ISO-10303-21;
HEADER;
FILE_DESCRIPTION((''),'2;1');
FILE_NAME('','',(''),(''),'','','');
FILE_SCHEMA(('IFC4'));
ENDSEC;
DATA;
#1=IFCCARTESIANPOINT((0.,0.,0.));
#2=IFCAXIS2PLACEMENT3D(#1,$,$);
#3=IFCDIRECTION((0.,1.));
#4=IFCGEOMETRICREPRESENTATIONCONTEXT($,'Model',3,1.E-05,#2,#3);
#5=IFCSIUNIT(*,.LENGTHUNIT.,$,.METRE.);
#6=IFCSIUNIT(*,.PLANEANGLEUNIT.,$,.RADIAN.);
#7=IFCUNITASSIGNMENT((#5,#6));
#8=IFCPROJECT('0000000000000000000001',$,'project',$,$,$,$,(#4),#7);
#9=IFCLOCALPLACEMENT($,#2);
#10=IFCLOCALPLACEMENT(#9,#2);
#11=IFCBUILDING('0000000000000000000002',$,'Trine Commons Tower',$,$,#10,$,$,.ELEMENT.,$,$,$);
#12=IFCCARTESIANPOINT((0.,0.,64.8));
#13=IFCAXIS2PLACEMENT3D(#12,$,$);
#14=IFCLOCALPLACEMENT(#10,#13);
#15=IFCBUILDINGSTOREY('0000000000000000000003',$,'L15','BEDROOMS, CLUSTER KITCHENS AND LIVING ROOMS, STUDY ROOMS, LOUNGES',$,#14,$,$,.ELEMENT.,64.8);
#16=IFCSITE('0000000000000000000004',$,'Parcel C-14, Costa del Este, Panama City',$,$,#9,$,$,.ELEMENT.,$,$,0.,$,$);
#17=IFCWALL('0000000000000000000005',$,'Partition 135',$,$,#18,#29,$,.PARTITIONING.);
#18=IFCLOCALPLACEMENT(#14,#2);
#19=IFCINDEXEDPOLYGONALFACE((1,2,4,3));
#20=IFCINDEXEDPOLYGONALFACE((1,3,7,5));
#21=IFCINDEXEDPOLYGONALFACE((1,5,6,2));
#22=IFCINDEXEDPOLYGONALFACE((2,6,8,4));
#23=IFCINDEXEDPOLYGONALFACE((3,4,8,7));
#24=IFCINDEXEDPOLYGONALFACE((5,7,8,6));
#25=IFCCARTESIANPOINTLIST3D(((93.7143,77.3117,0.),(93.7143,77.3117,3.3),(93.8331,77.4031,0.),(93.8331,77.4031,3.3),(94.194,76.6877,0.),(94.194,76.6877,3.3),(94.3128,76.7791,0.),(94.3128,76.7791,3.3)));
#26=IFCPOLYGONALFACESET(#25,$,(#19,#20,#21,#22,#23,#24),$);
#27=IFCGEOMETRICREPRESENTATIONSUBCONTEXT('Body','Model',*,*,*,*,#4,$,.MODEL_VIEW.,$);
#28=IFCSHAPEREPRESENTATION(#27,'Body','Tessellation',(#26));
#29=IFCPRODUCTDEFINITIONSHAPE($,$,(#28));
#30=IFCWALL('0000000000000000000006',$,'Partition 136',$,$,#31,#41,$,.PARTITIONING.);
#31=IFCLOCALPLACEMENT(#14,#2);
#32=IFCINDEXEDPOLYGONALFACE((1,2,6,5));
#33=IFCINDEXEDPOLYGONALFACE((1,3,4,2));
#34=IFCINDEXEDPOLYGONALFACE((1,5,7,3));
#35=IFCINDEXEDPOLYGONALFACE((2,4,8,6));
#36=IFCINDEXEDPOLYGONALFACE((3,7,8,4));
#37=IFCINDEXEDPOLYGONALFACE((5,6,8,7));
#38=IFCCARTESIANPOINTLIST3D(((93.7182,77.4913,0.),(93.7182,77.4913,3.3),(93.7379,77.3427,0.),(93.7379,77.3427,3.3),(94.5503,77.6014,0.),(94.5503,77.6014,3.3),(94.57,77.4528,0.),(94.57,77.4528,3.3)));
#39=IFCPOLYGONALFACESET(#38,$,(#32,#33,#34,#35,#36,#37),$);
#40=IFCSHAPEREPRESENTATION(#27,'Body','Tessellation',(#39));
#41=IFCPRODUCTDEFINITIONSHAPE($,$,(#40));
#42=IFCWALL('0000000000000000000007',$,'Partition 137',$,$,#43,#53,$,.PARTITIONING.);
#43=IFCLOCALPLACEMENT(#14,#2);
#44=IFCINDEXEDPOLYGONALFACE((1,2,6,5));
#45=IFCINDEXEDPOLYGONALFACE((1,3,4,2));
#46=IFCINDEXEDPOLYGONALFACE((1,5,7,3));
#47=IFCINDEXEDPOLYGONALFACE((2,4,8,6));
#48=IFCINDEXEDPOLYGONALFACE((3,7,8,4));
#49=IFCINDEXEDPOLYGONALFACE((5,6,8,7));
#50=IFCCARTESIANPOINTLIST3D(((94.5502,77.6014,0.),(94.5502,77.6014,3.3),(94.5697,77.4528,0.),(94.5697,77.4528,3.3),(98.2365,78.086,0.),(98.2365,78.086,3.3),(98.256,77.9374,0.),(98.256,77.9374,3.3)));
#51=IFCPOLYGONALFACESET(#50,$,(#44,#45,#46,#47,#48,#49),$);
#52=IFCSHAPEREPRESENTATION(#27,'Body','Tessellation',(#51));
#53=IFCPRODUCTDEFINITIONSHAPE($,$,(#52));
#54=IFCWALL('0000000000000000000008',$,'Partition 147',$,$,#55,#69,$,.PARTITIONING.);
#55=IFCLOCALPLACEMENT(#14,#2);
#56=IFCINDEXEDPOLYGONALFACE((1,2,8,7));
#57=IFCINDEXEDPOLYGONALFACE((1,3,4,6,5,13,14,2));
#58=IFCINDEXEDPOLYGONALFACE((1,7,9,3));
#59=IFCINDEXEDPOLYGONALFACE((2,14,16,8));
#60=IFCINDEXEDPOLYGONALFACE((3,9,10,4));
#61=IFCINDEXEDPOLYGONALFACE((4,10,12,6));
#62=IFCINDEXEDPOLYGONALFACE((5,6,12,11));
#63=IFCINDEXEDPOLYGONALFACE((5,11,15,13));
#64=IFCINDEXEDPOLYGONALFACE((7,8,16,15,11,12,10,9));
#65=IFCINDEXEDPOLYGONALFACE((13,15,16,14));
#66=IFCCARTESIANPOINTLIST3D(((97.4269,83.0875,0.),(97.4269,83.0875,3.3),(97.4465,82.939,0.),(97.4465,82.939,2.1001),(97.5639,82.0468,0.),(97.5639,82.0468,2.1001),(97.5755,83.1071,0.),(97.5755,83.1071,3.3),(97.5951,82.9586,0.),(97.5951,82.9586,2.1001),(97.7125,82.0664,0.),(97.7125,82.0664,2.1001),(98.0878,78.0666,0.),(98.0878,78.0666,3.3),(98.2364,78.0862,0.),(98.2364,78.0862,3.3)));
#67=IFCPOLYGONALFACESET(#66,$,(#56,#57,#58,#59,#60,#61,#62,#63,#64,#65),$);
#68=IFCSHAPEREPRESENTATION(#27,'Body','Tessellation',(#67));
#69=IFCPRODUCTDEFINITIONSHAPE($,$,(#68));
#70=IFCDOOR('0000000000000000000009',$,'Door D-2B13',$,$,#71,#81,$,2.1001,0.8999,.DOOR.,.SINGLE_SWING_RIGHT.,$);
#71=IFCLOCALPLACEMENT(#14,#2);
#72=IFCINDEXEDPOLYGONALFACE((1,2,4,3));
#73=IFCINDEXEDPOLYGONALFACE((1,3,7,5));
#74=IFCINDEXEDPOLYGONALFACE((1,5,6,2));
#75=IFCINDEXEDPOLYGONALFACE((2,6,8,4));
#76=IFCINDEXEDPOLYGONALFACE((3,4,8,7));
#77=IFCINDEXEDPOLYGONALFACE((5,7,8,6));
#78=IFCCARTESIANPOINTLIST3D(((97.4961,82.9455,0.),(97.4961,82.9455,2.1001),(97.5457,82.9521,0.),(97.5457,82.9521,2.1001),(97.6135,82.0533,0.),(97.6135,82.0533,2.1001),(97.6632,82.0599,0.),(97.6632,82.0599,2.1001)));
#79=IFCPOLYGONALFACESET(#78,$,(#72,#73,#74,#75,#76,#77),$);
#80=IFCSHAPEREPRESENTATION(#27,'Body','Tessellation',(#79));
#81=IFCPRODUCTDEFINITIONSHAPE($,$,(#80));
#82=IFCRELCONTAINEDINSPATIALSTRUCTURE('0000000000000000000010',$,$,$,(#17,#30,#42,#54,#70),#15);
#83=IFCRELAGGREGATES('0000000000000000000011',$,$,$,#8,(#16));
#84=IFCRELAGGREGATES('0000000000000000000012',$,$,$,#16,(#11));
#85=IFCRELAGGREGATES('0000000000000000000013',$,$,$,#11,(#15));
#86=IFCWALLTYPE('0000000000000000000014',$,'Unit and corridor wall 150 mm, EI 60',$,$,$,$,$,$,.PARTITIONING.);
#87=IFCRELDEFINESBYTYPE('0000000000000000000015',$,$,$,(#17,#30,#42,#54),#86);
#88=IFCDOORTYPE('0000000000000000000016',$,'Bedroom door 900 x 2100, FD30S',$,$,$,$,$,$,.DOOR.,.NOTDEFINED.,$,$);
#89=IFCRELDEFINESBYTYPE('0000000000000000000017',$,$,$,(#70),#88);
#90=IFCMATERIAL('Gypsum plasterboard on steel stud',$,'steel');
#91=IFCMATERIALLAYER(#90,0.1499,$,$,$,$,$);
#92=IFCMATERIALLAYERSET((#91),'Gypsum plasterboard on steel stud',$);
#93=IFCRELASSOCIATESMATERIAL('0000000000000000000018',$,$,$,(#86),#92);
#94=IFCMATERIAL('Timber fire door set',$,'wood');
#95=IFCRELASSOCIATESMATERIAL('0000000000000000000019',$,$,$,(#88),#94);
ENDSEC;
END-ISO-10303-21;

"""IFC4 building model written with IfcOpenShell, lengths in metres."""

from ifc_helpers import new_model, si_unit, direction, frame, frame_2d, origin, place, context, subcontext, project, spatial, rectangle, extrude, material, layer, layer_set, type_object, element, fill, save


model = new_model("IFC4")

# Units and contexts
model_context = context("Model", 3, precision=1e-05, world=origin(), true_north=direction((0.0, 1.0)))
body_context = subcontext(model_context, "Body", "Model", "MODEL_VIEW")
ifc_project = project(units=[si_unit("LENGTHUNIT", "METRE"), si_unit("PLANEANGLEUNIT", "RADIAN")], contexts=[model_context])

# Site, building, storey
site_placement = place(None, origin())
site = spatial("IfcSite", under=ifc_project, at=site_placement, Name="Parcel C-14, Costa del Este, Panama City", CompositionType="ELEMENT", RefElevation=0.0)
building_placement = place(site_placement, origin())
building = spatial("IfcBuilding", under=site, at=building_placement, Name="Trine Commons Tower", CompositionType="ELEMENT")
storey_placement = place(building_placement, frame((0.0, 0.0, 64.8)))
storey = spatial("IfcBuildingStorey", under=building, at=storey_placement, Name="L15", Description="BEDROOMS, CLUSTER KITCHENS AND LIVING ROOMS, STUDY ROOMS, LOUNGES", CompositionType="ELEMENT", Elevation=64.8)

# Walls
ifc_material_1 = material(Name="Gypsum plasterboard on steel stud", Category="steel")
ifc_layer_1 = layer(ifc_material_1, 0.1499)
ifc_layer_set_1 = layer_set([ifc_layer_1], Name="Gypsum plasterboard on steel stud")
wall_type_1 = type_object("IfcWallType", Name="Unit and corridor wall 150 mm, EI 60", PredefinedType="PARTITIONING", material=ifc_layer_set_1)
wall_1_placement = place(storey_placement, frame((93.7737, 77.3574, 0.0), z_axis=(0.0, 0.0, 1.0), x_axis=(0.609486, -0.792797, 0.0)))
element("IfcWall", 1, at=wall_1_placement, inside=storey, type_object=wall_type_1, Name="Partition 135", PredefinedType="PARTITIONING", context=body_context, shape_type="SweptSolid", body=[
    extrude(rectangle(XDim=0.7871, YDim=0.1499, at=frame_2d((0.3936, 0.0))), origin(), (0.0, 0.0, 1.0), 3.3),
])
wall_2_placement = place(storey_placement, frame((93.728, 77.417, 0.0), z_axis=(0.0, 0.0, 1.0), x_axis=(0.991357, 0.131192, 0.0)))
element("IfcWall", 2, at=wall_2_placement, inside=storey, type_object=wall_type_1, Name="Partition 136", PredefinedType="PARTITIONING", context=body_context, shape_type="SweptSolid", body=[
    extrude(rectangle(XDim=0.8394, YDim=0.1499, at=frame_2d((0.4197, 0.0))), origin(), (0.0, 0.0, 1.0), 3.3),
])
wall_3_placement = place(storey_placement, frame((94.5601, 77.5271, 0.0), z_axis=(0.0, 0.0, 1.0), x_axis=(0.991469, 0.130344, 0.0)))
element("IfcWall", 3, at=wall_3_placement, inside=storey, type_object=wall_type_1, Name="Partition 137", PredefinedType="PARTITIONING", context=body_context, shape_type="SweptSolid", body=[
    extrude(rectangle(XDim=3.718, YDim=0.1499, at=frame_2d((1.8589, 0.0))), origin(), (0.0, 0.0, 1.0), 3.3),
])

# Wall, opening, door
wall_4_placement = place(storey_placement, frame((97.5012, 83.0974, 0.0), z_axis=(0.0, 0.0, 1.0), x_axis=(0.130499, -0.991448, 0.0)))
wall_4 = element("IfcWall", 4, at=wall_4_placement, inside=storey, type_object=wall_type_1, Name="Partition 147", PredefinedType="PARTITIONING", context=body_context, shape_type="SweptSolid", body=[
    extrude(rectangle(XDim=5.0642, YDim=0.1499, at=frame_2d((2.5322, 0.0))), origin(), (0.0, 0.0, 1.0), 3.3),
])
opening_1_placement = place(wall_4_placement, frame((0.1499, 0.0, 0.0)))
opening_1 = element("IfcOpeningElement", 5, at=opening_1_placement, cuts=wall_4, PredefinedType="OPENING", context=body_context, shape_type="SweptSolid", body=[
    extrude(rectangle(XDim=0.8999, YDim=2.1001, at=frame_2d((0.45, 1.05))), frame((0.0, 0.085, 0.0), z_axis=(0.0, -1.0, 0.0), x_axis=(1.0, 0.0, 0.0)), (0.0, 0.0, 1.0), 0.1699),
])
ifc_material_2 = material(Name="Timber fire door set", Category="wood")
door_type_1 = type_object("IfcDoorType", Name="Bedroom door 900 x 2100, FD30S", OperationType="NOTDEFINED", PredefinedType="DOOR", material=ifc_material_2)
door_1_placement = place(opening_1_placement, frame((0.8999, 0.0, 0.0), z_axis=(0.0, 0.0, 1.0), x_axis=(-1.0, 0.0, 0.0)))
door_1 = element("IfcDoor", 6, at=door_1_placement, inside=storey, type_object=door_type_1, Name="Door D-2B13", OperationType="SINGLE_SWING_RIGHT", OverallHeight=2.1001, OverallWidth=0.8999, PredefinedType="DOOR", context=body_context, shape_type="SweptSolid", body=[
    extrude(rectangle(XDim=0.8999, YDim=2.1001, at=frame_2d((0.45, 1.05))), frame((0.0, 0.0249, 0.0), z_axis=(0.0, -1.0, 0.0), x_axis=(1.0, 0.0, 0.0)), (0.0, 0.0, 1.0), 0.05),
])
fill(opening_1, door_1)

save(model, "model.ifc")
